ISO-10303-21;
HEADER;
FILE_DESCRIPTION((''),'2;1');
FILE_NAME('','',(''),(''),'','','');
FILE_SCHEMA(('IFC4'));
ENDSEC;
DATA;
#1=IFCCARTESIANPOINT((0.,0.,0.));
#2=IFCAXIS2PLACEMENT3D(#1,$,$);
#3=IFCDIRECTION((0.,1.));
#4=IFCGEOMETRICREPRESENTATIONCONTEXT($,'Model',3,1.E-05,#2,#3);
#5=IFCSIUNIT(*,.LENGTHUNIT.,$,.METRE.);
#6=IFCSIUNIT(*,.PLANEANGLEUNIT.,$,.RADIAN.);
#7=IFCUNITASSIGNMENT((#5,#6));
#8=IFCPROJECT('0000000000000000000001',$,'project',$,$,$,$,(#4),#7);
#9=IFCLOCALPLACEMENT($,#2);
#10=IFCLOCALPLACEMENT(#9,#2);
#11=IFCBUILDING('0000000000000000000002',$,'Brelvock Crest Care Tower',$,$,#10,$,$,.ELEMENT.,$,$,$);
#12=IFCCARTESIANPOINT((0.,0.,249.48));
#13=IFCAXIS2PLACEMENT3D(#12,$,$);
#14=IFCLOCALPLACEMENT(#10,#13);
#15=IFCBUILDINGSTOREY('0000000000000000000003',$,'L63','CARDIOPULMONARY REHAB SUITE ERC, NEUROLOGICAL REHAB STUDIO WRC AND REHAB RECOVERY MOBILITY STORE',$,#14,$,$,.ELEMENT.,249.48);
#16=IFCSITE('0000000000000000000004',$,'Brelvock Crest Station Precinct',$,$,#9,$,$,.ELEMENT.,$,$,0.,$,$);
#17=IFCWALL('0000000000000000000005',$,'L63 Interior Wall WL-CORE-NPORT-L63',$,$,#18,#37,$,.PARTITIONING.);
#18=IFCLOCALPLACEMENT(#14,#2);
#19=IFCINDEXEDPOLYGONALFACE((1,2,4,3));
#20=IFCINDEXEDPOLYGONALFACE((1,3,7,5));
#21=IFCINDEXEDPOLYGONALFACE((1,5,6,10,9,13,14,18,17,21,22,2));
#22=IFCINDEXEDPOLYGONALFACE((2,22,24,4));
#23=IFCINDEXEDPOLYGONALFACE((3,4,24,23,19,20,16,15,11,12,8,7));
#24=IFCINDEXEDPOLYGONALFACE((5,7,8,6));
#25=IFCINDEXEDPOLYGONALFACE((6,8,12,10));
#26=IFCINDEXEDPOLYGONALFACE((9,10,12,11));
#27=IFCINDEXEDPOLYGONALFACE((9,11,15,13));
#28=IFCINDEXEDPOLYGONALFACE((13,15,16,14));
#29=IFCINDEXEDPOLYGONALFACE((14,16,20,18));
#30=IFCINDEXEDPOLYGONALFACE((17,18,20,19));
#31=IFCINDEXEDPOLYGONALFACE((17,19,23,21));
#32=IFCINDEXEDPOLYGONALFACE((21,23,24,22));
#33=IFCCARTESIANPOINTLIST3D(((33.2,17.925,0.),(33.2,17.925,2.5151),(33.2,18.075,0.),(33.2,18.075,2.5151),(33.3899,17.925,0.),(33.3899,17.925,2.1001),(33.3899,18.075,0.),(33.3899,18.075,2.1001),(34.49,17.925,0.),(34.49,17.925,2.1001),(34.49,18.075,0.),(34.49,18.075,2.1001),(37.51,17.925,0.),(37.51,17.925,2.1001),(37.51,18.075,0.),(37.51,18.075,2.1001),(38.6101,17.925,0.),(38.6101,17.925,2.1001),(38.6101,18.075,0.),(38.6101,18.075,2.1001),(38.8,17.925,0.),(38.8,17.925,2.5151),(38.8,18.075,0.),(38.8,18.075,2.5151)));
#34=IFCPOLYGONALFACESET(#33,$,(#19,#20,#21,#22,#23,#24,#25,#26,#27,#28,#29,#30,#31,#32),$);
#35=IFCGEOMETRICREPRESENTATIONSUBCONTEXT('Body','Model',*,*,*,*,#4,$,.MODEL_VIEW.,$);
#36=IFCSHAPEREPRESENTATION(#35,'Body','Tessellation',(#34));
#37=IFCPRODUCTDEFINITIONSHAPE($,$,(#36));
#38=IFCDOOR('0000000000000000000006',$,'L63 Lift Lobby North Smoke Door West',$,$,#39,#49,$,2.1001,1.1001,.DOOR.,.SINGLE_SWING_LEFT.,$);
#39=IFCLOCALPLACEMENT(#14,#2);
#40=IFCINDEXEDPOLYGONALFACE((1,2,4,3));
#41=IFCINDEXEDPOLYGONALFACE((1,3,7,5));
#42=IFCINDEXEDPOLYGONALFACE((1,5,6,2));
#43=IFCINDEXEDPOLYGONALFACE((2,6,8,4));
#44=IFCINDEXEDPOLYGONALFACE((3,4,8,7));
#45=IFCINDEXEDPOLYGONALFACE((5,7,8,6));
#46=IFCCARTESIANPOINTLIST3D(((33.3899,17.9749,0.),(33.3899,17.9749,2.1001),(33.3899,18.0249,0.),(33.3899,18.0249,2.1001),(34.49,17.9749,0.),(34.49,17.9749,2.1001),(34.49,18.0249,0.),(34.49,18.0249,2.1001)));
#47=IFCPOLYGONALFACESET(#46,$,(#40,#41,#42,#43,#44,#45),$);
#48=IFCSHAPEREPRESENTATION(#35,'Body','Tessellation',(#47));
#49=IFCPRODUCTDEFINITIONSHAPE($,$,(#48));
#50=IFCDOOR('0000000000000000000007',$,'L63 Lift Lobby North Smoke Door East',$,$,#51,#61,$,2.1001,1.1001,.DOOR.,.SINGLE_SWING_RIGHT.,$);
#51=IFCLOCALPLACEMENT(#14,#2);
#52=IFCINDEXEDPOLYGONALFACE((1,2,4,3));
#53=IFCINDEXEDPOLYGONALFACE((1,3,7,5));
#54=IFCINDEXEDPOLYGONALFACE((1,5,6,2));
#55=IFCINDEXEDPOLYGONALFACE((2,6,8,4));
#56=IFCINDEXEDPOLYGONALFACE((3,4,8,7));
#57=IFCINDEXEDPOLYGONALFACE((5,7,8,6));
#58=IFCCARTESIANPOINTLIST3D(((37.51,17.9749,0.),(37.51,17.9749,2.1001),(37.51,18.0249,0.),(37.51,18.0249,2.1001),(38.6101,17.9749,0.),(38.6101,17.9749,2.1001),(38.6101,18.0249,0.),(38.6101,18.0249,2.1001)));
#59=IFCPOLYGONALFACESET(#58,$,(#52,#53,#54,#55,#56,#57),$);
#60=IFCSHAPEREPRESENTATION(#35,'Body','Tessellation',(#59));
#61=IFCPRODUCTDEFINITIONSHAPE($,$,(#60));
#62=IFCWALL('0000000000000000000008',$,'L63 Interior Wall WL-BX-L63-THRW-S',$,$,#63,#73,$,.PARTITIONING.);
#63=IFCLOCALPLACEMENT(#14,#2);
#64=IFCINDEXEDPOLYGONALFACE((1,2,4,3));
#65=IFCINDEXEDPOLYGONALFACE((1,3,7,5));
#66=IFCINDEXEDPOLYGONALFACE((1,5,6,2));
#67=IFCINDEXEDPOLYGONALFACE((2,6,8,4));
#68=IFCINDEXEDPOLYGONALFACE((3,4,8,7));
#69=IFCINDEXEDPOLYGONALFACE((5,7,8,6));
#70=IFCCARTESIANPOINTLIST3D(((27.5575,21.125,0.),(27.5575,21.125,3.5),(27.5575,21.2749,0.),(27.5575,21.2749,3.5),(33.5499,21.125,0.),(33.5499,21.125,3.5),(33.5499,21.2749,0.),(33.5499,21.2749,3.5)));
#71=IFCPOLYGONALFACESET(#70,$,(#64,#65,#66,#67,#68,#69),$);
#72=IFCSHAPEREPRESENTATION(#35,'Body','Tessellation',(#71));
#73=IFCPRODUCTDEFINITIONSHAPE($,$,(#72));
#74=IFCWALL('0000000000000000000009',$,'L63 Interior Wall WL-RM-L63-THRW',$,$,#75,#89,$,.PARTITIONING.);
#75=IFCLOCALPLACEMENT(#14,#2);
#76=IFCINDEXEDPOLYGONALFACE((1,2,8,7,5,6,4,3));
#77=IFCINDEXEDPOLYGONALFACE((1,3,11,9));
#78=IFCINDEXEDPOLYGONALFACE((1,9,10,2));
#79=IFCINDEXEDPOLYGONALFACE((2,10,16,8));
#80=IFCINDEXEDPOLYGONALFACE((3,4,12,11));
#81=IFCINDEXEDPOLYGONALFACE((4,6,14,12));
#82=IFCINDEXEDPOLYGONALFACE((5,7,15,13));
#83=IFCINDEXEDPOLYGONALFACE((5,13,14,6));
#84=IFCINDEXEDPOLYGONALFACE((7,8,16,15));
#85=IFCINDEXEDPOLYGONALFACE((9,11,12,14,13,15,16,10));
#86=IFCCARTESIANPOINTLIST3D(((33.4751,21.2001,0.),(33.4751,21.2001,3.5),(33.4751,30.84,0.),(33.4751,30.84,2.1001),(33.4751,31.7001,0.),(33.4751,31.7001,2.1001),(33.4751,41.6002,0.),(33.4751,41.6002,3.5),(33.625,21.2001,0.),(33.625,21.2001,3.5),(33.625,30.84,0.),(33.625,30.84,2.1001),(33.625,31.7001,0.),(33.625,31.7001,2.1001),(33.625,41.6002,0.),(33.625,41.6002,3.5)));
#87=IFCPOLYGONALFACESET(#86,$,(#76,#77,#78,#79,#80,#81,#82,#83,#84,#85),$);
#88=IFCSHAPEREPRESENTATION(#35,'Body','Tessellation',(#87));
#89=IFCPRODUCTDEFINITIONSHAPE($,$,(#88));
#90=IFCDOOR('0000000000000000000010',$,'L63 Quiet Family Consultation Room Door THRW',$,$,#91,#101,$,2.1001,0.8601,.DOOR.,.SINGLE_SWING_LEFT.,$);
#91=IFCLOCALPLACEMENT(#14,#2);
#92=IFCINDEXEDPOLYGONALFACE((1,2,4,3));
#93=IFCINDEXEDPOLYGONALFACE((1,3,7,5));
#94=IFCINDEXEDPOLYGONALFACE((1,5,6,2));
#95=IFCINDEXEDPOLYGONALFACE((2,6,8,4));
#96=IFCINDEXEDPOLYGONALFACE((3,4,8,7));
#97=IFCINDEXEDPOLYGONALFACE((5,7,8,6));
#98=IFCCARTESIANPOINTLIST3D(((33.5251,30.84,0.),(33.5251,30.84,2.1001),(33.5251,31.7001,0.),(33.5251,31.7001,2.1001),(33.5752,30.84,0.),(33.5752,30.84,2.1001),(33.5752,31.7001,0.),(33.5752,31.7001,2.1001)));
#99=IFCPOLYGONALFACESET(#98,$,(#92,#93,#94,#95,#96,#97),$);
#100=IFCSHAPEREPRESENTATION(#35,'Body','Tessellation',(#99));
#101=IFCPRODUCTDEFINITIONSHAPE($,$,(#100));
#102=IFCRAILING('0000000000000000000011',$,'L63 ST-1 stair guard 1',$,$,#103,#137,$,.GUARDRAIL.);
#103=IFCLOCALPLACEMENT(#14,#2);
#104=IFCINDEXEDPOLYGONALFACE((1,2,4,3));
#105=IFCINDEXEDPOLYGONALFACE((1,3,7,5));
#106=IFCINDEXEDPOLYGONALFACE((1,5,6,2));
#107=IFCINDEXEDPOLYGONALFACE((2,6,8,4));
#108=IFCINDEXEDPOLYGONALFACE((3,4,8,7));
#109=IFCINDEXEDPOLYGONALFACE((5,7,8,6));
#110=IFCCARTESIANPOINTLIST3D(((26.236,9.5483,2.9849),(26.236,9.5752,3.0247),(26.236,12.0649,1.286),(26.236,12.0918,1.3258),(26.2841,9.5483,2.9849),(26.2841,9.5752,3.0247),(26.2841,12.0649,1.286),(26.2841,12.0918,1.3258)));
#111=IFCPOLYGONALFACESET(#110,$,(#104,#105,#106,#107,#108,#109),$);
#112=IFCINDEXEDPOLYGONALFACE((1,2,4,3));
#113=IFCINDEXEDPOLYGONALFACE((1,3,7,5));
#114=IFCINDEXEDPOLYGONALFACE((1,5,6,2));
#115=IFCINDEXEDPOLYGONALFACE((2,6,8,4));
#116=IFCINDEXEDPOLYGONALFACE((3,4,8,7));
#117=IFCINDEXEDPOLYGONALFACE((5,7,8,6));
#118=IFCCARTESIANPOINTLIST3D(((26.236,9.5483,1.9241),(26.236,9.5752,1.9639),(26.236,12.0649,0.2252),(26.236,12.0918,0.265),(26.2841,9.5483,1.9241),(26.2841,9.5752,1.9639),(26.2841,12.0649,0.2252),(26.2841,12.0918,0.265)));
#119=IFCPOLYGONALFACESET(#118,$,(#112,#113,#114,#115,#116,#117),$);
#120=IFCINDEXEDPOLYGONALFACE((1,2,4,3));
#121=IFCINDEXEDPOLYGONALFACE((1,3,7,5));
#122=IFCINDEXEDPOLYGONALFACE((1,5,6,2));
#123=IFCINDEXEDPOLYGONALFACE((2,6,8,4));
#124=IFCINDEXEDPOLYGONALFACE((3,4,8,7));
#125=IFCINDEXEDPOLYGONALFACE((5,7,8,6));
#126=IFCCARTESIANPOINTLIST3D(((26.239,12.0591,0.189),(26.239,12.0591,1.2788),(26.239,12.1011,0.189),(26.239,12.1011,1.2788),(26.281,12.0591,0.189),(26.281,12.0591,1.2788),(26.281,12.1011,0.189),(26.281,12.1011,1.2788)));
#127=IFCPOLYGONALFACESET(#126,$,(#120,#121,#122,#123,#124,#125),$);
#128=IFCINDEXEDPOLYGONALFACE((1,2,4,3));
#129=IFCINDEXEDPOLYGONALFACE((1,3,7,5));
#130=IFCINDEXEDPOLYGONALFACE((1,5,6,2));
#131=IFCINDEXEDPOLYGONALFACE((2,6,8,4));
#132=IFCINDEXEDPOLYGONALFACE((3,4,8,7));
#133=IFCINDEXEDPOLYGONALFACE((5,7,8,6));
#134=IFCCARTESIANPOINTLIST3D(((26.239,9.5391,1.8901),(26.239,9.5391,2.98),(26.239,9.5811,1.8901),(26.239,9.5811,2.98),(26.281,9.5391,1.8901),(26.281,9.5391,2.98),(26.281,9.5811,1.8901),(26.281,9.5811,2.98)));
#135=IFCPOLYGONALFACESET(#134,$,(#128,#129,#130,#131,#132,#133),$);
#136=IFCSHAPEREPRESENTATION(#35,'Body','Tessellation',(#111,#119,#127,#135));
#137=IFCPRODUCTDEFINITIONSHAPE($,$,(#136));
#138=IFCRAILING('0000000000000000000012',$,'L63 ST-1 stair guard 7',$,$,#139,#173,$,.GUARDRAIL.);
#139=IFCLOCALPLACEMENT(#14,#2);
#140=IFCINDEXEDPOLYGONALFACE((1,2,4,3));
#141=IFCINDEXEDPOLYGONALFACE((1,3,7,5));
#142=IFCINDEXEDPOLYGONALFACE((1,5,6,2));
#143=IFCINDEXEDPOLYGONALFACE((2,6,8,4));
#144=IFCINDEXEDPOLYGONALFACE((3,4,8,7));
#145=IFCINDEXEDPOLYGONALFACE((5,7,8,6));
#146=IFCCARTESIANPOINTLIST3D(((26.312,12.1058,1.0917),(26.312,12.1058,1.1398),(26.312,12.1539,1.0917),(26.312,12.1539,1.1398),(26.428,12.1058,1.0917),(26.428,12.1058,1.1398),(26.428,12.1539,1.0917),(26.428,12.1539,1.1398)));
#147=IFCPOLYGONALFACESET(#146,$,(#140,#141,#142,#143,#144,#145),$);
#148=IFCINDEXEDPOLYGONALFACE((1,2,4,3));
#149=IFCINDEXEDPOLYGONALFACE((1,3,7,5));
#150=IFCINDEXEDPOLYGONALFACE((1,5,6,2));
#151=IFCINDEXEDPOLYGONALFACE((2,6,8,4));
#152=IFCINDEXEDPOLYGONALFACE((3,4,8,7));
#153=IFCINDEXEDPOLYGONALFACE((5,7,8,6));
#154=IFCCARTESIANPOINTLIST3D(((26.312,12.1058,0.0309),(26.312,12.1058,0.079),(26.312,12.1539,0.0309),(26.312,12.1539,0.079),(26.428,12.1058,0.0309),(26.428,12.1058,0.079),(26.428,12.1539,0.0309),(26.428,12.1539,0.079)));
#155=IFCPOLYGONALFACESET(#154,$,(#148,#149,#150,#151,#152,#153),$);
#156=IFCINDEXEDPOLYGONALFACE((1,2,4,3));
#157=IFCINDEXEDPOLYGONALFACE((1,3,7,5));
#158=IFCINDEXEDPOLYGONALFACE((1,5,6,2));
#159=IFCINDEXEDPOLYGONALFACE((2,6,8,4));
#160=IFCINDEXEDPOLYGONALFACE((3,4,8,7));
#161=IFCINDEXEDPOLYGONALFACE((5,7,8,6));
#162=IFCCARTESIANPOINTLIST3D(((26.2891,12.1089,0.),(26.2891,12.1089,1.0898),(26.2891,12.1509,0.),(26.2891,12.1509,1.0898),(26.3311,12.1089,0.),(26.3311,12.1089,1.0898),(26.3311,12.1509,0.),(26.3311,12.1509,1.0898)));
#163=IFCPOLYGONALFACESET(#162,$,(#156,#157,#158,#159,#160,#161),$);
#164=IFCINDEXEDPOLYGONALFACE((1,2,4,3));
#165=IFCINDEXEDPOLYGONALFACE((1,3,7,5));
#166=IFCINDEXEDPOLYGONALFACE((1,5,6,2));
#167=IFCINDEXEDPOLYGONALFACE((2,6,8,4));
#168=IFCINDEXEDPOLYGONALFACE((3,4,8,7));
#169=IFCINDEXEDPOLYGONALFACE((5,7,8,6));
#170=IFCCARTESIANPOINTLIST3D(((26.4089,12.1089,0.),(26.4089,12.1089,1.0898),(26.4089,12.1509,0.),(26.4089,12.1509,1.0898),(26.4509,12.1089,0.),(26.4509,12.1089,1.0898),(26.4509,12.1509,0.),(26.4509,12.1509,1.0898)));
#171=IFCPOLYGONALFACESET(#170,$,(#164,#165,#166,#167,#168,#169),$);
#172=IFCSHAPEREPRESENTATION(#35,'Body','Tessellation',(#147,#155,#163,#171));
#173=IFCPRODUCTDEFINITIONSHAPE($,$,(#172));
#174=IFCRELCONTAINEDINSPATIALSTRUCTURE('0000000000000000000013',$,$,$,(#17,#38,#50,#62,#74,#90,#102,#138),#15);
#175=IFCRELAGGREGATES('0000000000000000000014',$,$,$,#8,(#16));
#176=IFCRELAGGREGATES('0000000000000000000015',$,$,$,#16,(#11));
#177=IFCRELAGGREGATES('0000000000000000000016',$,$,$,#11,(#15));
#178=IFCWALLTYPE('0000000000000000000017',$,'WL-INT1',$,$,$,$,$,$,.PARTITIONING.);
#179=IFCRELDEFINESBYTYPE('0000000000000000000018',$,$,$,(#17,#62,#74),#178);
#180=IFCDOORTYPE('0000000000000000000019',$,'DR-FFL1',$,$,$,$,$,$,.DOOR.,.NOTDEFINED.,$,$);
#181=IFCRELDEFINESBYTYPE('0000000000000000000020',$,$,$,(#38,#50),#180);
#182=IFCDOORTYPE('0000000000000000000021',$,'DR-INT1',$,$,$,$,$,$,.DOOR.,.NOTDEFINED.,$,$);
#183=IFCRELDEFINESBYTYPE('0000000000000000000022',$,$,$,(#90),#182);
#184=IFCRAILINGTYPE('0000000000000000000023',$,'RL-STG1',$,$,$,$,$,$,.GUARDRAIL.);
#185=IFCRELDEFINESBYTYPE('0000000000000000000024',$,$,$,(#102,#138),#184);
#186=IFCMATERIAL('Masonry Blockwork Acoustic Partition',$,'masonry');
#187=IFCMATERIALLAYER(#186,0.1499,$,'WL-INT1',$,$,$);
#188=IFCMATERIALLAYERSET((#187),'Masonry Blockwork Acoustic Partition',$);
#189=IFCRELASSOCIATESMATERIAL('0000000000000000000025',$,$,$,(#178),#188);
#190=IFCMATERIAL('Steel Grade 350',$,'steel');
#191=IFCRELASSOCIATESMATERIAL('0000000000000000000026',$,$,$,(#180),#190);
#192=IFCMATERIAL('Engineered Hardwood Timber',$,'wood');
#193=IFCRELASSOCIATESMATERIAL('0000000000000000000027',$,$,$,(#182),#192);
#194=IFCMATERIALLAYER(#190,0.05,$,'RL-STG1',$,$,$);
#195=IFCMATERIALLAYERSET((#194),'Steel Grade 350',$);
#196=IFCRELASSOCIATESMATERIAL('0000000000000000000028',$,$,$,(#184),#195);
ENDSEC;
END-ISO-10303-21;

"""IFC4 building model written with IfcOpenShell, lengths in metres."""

from ifc_helpers import new_model, si_unit, direction, frame, frame_2d, origin, origin_2d, place, context, subcontext, project, spatial, rectangle, extrude, source, transform, mapped, material, layer, layer_set, type_object, element, fill, save


model = new_model("IFC4")

# Units and contexts
model_context = context("Model", 3, precision=1e-05, world=origin(), true_north=direction((0.0, 1.0)))
body_context = subcontext(model_context, "Body", "Model", "MODEL_VIEW")
ifc_project = project(units=[si_unit("LENGTHUNIT", "METRE"), si_unit("PLANEANGLEUNIT", "RADIAN")], contexts=[model_context])

# Site, building, storey
site_placement = place(None, origin())
site = spatial("IfcSite", under=ifc_project, at=site_placement, Name="Brelvock Crest Station Precinct", CompositionType="ELEMENT", RefElevation=0.0)
building_placement = place(site_placement, origin())
building = spatial("IfcBuilding", under=site, at=building_placement, Name="Brelvock Crest Care Tower", CompositionType="ELEMENT")
storey_placement = place(building_placement, frame((0.0, 0.0, 249.48)))
storey = spatial("IfcBuildingStorey", under=building, at=storey_placement, Name="L63", Description="CARDIOPULMONARY REHAB SUITE ERC, NEUROLOGICAL REHAB STUDIO WRC AND REHAB RECOVERY MOBILITY STORE", CompositionType="ELEMENT", Elevation=249.48)

# Shared definitions
ifc_material_1 = material(Name="Steel Grade 350", Category="steel")

# Wall, openings, doors
ifc_material_2 = material(Name="Masonry Blockwork Acoustic Partition", Category="masonry")
ifc_layer_1 = layer(ifc_material_2, 0.1499, Name="WL-INT1")
ifc_layer_set_1 = layer_set([ifc_layer_1], Name="Masonry Blockwork Acoustic Partition")
wall_type = type_object("IfcWallType", Name="WL-INT1", PredefinedType="PARTITIONING", material=ifc_layer_set_1)
wall_1_placement = place(storey_placement, frame((33.2, 18.0, 0.0), z_axis=(0.0, 0.0, 1.0), x_axis=(1.0, 0.0, 0.0)))
wall_1 = element("IfcWall", 1, at=wall_1_placement, inside=storey, type_object=wall_type, Name="L63 Interior Wall WL-CORE-NPORT-L63", PredefinedType="PARTITIONING", context=body_context, shape_type="SweptSolid", body=[
    extrude(rectangle(XDim=5.6001, YDim=0.1499, at=frame_2d((2.8, 0.0))), origin(), (0.0, 0.0, 1.0), 2.5151),
])
opening_1_placement = place(wall_1_placement, frame((0.1899, 0.0, 0.0)))
opening_1 = element("IfcOpeningElement", 2, at=opening_1_placement, cuts=wall_1, PredefinedType="OPENING", context=body_context, shape_type="SweptSolid", body=[
    extrude(rectangle(XDim=1.1001, YDim=2.1001, at=origin_2d()), frame((0.55, 0.085, 1.05), z_axis=(0.0, -1.0, 0.0), x_axis=(1.0, 0.0, 0.0)), (0.0, 0.0, 1.0), 0.1699),
])
opening_2_placement = place(wall_1_placement, frame((4.3101, 0.0, 0.0)))
opening_2 = element("IfcOpeningElement", 3, at=opening_2_placement, cuts=wall_1, PredefinedType="OPENING", context=body_context, shape_type="SweptSolid", body=[
    extrude(rectangle(XDim=1.1001, YDim=2.1001, at=origin_2d()), frame((0.55, 0.085, 1.05), z_axis=(0.0, -1.0, 0.0), x_axis=(1.0, 0.0, 0.0)), (0.0, 0.0, 1.0), 0.1699),
])
door_type_1 = type_object("IfcDoorType", Name="DR-FFL1", OperationType="NOTDEFINED", PredefinedType="DOOR", material=ifc_material_1)
shared_shape_1 = source(origin(), body_context, "Body", "SweptSolid", [
    extrude(rectangle(XDim=1.1001, YDim=2.1001, at=origin_2d()), frame((0.55, 0.0249, 1.05), z_axis=(0.0, -1.0, 0.0), x_axis=(1.0, 0.0, 0.0)), (0.0, 0.0, 1.0), 0.05),
])
door_1_placement = place(opening_1_placement, origin())
door_1 = element("IfcDoor", 4, at=door_1_placement, inside=storey, type_object=door_type_1, Name="L63 Lift Lobby North Smoke Door West", OperationType="SINGLE_SWING_LEFT", OverallHeight=2.1001, OverallWidth=1.1001, PredefinedType="DOOR", context=body_context, shape_type="MappedRepresentation", body=[
    mapped(shared_shape_1, transform((0.0, 0.0, 0.0), x_axis=(1.0, 0.0, 0.0), y_axis=(0.0, 1.0, 0.0), z_axis=(0.0, 0.0, 1.0), scale=1.0)),
])
fill(opening_1, door_1)
door_2_placement = place(opening_2_placement, origin())
door_2 = element("IfcDoor", 5, at=door_2_placement, inside=storey, type_object=door_type_1, Name="L63 Lift Lobby North Smoke Door East", OperationType="SINGLE_SWING_RIGHT", OverallHeight=2.1001, OverallWidth=1.1001, PredefinedType="DOOR", context=body_context, shape_type="MappedRepresentation", body=[
    mapped(shared_shape_1, transform((0.0, 0.0, 0.0), x_axis=(1.0, 0.0, 0.0), y_axis=(0.0, 1.0, 0.0), z_axis=(0.0, 0.0, 1.0), scale=1.0)),
])
fill(opening_2, door_2)

# Wall
wall_2_placement = place(storey_placement, frame((27.5576, 21.2, 0.0), z_axis=(0.0, 0.0, 1.0), x_axis=(1.0, 0.0, 0.0)))
element("IfcWall", 6, at=wall_2_placement, inside=storey, type_object=wall_type, Name="L63 Interior Wall WL-BX-L63-THRW-S", PredefinedType="PARTITIONING", context=body_context, shape_type="SweptSolid", body=[
    extrude(rectangle(XDim=5.9924, YDim=0.1499, at=frame_2d((2.9961, 0.0))), origin(), (0.0, 0.0, 1.0), 3.5),
])

# Wall, opening, door
wall_3_placement = place(storey_placement, frame((33.55, 21.2, 0.0), z_axis=(0.0, 0.0, 1.0), x_axis=(0.0, 1.0, 0.0)))
wall_3 = element("IfcWall", 7, at=wall_3_placement, inside=storey, type_object=wall_type, Name="L63 Interior Wall WL-RM-L63-THRW", PredefinedType="PARTITIONING", context=body_context, shape_type="SweptSolid", body=[
    extrude(rectangle(XDim=20.4001, YDim=0.1499, at=frame_2d((10.2002, 0.0))), origin(), (0.0, 0.0, 1.0), 3.5),
])
opening_3_placement = place(wall_3_placement, frame((9.6399, 0.0, 0.0)))
opening_3 = element("IfcOpeningElement", 8, at=opening_3_placement, cuts=wall_3, PredefinedType="OPENING", context=body_context, shape_type="SweptSolid", body=[
    extrude(rectangle(XDim=0.8601, YDim=2.1001, at=origin_2d()), frame((0.4302, 0.085, 1.05), z_axis=(0.0, -1.0, 0.0), x_axis=(1.0, 0.0, 0.0)), (0.0, 0.0, 1.0), 0.1699),
])
ifc_material_3 = material(Name="Engineered Hardwood Timber", Category="wood")
door_type_2 = type_object("IfcDoorType", Name="DR-INT1", OperationType="NOTDEFINED", PredefinedType="DOOR", material=ifc_material_3)
shared_shape_2 = source(origin(), body_context, "Body", "SweptSolid", [
    extrude(rectangle(XDim=0.8601, YDim=2.1001, at=origin_2d()), frame((0.4302, 0.0249, 1.05), z_axis=(0.0, -1.0, 0.0), x_axis=(1.0, 0.0, 0.0)), (0.0, 0.0, 1.0), 0.05),
])
door_3_placement = place(opening_3_placement, origin())
door_3 = element("IfcDoor", 9, at=door_3_placement, inside=storey, type_object=door_type_2, Name="L63 Quiet Family Consultation Room Door THRW", OperationType="SINGLE_SWING_LEFT", OverallHeight=2.1001, OverallWidth=0.8601, PredefinedType="DOOR", context=body_context, shape_type="MappedRepresentation", body=[
    mapped(shared_shape_2, transform((0.0, 0.0, 0.0), x_axis=(1.0, 0.0, 0.0), y_axis=(0.0, 1.0, 0.0), z_axis=(0.0, 0.0, 1.0), scale=1.0)),
])
fill(opening_3, door_3)

# Railings
ifc_layer_2 = layer(ifc_material_1, 0.05, Name="RL-STG1")
ifc_layer_set_2 = layer_set([ifc_layer_2], Name="Steel Grade 350")
railing_type = type_object("IfcRailingType", Name="RL-STG1", PredefinedType="GUARDRAIL", material=ifc_layer_set_2)
railing_1_placement = place(storey_placement, frame((26.26, 12.0801, 0.189)))
element("IfcRailing", 10, at=railing_1_placement, inside=storey, type_object=railing_type, Name="L63 ST-1 stair guard 1", PredefinedType="GUARDRAIL", context=body_context, shape_type="SweptSolid", body=[
    extrude(rectangle(XDim=0.0481, YDim=0.0481, at=origin_2d()), frame((0.0, -0.0017, 1.1169), z_axis=(0.0, -0.828824, 0.559509), x_axis=(1.0, 0.0, 0.0)), (0.0, 0.0, 1.0), 3.0364),
    extrude(rectangle(XDim=0.0481, YDim=0.0481, at=origin_2d()), frame((0.0, -0.0017, 0.0562), z_axis=(0.0, -0.828824, 0.559509), x_axis=(1.0, 0.0, 0.0)), (0.0, 0.0, 1.0), 3.0364),
    extrude(rectangle(XDim=0.042, YDim=0.042, at=origin_2d()), origin(), (0.0, 0.0, 1.0), 1.0898),
    extrude(rectangle(XDim=0.042, YDim=0.042, at=origin_2d()), frame((0.0, -2.52, 1.7012)), (0.0, 0.0, 1.0), 1.0898),
])
railing_2_placement = place(storey_placement, frame((26.3101, 12.1299, 0.0)))
element("IfcRailing", 11, at=railing_2_placement, inside=storey, type_object=railing_type, Name="L63 ST-1 stair guard 7", PredefinedType="GUARDRAIL", context=body_context, shape_type="SweptSolid", body=[
    extrude(rectangle(XDim=0.0481, YDim=0.0481, at=origin_2d()), frame((0.002, 0.0, 1.1157), z_axis=(1.0, 0.0, 0.0), x_axis=(0.0, 1.0, 0.0)), (0.0, 0.0, 1.0), 0.116),
    extrude(rectangle(XDim=0.0481, YDim=0.0481, at=origin_2d()), frame((0.002, 0.0, 0.0549), z_axis=(1.0, 0.0, 0.0), x_axis=(0.0, 1.0, 0.0)), (0.0, 0.0, 1.0), 0.116),
    extrude(rectangle(XDim=0.042, YDim=0.042, at=origin_2d()), origin(), (0.0, 0.0, 1.0), 1.0898),
    extrude(rectangle(XDim=0.042, YDim=0.042, at=origin_2d()), frame((0.1199, 0.0, 0.0)), (0.0, 0.0, 1.0), 1.0898),
])

save(model, "model.ifc")
